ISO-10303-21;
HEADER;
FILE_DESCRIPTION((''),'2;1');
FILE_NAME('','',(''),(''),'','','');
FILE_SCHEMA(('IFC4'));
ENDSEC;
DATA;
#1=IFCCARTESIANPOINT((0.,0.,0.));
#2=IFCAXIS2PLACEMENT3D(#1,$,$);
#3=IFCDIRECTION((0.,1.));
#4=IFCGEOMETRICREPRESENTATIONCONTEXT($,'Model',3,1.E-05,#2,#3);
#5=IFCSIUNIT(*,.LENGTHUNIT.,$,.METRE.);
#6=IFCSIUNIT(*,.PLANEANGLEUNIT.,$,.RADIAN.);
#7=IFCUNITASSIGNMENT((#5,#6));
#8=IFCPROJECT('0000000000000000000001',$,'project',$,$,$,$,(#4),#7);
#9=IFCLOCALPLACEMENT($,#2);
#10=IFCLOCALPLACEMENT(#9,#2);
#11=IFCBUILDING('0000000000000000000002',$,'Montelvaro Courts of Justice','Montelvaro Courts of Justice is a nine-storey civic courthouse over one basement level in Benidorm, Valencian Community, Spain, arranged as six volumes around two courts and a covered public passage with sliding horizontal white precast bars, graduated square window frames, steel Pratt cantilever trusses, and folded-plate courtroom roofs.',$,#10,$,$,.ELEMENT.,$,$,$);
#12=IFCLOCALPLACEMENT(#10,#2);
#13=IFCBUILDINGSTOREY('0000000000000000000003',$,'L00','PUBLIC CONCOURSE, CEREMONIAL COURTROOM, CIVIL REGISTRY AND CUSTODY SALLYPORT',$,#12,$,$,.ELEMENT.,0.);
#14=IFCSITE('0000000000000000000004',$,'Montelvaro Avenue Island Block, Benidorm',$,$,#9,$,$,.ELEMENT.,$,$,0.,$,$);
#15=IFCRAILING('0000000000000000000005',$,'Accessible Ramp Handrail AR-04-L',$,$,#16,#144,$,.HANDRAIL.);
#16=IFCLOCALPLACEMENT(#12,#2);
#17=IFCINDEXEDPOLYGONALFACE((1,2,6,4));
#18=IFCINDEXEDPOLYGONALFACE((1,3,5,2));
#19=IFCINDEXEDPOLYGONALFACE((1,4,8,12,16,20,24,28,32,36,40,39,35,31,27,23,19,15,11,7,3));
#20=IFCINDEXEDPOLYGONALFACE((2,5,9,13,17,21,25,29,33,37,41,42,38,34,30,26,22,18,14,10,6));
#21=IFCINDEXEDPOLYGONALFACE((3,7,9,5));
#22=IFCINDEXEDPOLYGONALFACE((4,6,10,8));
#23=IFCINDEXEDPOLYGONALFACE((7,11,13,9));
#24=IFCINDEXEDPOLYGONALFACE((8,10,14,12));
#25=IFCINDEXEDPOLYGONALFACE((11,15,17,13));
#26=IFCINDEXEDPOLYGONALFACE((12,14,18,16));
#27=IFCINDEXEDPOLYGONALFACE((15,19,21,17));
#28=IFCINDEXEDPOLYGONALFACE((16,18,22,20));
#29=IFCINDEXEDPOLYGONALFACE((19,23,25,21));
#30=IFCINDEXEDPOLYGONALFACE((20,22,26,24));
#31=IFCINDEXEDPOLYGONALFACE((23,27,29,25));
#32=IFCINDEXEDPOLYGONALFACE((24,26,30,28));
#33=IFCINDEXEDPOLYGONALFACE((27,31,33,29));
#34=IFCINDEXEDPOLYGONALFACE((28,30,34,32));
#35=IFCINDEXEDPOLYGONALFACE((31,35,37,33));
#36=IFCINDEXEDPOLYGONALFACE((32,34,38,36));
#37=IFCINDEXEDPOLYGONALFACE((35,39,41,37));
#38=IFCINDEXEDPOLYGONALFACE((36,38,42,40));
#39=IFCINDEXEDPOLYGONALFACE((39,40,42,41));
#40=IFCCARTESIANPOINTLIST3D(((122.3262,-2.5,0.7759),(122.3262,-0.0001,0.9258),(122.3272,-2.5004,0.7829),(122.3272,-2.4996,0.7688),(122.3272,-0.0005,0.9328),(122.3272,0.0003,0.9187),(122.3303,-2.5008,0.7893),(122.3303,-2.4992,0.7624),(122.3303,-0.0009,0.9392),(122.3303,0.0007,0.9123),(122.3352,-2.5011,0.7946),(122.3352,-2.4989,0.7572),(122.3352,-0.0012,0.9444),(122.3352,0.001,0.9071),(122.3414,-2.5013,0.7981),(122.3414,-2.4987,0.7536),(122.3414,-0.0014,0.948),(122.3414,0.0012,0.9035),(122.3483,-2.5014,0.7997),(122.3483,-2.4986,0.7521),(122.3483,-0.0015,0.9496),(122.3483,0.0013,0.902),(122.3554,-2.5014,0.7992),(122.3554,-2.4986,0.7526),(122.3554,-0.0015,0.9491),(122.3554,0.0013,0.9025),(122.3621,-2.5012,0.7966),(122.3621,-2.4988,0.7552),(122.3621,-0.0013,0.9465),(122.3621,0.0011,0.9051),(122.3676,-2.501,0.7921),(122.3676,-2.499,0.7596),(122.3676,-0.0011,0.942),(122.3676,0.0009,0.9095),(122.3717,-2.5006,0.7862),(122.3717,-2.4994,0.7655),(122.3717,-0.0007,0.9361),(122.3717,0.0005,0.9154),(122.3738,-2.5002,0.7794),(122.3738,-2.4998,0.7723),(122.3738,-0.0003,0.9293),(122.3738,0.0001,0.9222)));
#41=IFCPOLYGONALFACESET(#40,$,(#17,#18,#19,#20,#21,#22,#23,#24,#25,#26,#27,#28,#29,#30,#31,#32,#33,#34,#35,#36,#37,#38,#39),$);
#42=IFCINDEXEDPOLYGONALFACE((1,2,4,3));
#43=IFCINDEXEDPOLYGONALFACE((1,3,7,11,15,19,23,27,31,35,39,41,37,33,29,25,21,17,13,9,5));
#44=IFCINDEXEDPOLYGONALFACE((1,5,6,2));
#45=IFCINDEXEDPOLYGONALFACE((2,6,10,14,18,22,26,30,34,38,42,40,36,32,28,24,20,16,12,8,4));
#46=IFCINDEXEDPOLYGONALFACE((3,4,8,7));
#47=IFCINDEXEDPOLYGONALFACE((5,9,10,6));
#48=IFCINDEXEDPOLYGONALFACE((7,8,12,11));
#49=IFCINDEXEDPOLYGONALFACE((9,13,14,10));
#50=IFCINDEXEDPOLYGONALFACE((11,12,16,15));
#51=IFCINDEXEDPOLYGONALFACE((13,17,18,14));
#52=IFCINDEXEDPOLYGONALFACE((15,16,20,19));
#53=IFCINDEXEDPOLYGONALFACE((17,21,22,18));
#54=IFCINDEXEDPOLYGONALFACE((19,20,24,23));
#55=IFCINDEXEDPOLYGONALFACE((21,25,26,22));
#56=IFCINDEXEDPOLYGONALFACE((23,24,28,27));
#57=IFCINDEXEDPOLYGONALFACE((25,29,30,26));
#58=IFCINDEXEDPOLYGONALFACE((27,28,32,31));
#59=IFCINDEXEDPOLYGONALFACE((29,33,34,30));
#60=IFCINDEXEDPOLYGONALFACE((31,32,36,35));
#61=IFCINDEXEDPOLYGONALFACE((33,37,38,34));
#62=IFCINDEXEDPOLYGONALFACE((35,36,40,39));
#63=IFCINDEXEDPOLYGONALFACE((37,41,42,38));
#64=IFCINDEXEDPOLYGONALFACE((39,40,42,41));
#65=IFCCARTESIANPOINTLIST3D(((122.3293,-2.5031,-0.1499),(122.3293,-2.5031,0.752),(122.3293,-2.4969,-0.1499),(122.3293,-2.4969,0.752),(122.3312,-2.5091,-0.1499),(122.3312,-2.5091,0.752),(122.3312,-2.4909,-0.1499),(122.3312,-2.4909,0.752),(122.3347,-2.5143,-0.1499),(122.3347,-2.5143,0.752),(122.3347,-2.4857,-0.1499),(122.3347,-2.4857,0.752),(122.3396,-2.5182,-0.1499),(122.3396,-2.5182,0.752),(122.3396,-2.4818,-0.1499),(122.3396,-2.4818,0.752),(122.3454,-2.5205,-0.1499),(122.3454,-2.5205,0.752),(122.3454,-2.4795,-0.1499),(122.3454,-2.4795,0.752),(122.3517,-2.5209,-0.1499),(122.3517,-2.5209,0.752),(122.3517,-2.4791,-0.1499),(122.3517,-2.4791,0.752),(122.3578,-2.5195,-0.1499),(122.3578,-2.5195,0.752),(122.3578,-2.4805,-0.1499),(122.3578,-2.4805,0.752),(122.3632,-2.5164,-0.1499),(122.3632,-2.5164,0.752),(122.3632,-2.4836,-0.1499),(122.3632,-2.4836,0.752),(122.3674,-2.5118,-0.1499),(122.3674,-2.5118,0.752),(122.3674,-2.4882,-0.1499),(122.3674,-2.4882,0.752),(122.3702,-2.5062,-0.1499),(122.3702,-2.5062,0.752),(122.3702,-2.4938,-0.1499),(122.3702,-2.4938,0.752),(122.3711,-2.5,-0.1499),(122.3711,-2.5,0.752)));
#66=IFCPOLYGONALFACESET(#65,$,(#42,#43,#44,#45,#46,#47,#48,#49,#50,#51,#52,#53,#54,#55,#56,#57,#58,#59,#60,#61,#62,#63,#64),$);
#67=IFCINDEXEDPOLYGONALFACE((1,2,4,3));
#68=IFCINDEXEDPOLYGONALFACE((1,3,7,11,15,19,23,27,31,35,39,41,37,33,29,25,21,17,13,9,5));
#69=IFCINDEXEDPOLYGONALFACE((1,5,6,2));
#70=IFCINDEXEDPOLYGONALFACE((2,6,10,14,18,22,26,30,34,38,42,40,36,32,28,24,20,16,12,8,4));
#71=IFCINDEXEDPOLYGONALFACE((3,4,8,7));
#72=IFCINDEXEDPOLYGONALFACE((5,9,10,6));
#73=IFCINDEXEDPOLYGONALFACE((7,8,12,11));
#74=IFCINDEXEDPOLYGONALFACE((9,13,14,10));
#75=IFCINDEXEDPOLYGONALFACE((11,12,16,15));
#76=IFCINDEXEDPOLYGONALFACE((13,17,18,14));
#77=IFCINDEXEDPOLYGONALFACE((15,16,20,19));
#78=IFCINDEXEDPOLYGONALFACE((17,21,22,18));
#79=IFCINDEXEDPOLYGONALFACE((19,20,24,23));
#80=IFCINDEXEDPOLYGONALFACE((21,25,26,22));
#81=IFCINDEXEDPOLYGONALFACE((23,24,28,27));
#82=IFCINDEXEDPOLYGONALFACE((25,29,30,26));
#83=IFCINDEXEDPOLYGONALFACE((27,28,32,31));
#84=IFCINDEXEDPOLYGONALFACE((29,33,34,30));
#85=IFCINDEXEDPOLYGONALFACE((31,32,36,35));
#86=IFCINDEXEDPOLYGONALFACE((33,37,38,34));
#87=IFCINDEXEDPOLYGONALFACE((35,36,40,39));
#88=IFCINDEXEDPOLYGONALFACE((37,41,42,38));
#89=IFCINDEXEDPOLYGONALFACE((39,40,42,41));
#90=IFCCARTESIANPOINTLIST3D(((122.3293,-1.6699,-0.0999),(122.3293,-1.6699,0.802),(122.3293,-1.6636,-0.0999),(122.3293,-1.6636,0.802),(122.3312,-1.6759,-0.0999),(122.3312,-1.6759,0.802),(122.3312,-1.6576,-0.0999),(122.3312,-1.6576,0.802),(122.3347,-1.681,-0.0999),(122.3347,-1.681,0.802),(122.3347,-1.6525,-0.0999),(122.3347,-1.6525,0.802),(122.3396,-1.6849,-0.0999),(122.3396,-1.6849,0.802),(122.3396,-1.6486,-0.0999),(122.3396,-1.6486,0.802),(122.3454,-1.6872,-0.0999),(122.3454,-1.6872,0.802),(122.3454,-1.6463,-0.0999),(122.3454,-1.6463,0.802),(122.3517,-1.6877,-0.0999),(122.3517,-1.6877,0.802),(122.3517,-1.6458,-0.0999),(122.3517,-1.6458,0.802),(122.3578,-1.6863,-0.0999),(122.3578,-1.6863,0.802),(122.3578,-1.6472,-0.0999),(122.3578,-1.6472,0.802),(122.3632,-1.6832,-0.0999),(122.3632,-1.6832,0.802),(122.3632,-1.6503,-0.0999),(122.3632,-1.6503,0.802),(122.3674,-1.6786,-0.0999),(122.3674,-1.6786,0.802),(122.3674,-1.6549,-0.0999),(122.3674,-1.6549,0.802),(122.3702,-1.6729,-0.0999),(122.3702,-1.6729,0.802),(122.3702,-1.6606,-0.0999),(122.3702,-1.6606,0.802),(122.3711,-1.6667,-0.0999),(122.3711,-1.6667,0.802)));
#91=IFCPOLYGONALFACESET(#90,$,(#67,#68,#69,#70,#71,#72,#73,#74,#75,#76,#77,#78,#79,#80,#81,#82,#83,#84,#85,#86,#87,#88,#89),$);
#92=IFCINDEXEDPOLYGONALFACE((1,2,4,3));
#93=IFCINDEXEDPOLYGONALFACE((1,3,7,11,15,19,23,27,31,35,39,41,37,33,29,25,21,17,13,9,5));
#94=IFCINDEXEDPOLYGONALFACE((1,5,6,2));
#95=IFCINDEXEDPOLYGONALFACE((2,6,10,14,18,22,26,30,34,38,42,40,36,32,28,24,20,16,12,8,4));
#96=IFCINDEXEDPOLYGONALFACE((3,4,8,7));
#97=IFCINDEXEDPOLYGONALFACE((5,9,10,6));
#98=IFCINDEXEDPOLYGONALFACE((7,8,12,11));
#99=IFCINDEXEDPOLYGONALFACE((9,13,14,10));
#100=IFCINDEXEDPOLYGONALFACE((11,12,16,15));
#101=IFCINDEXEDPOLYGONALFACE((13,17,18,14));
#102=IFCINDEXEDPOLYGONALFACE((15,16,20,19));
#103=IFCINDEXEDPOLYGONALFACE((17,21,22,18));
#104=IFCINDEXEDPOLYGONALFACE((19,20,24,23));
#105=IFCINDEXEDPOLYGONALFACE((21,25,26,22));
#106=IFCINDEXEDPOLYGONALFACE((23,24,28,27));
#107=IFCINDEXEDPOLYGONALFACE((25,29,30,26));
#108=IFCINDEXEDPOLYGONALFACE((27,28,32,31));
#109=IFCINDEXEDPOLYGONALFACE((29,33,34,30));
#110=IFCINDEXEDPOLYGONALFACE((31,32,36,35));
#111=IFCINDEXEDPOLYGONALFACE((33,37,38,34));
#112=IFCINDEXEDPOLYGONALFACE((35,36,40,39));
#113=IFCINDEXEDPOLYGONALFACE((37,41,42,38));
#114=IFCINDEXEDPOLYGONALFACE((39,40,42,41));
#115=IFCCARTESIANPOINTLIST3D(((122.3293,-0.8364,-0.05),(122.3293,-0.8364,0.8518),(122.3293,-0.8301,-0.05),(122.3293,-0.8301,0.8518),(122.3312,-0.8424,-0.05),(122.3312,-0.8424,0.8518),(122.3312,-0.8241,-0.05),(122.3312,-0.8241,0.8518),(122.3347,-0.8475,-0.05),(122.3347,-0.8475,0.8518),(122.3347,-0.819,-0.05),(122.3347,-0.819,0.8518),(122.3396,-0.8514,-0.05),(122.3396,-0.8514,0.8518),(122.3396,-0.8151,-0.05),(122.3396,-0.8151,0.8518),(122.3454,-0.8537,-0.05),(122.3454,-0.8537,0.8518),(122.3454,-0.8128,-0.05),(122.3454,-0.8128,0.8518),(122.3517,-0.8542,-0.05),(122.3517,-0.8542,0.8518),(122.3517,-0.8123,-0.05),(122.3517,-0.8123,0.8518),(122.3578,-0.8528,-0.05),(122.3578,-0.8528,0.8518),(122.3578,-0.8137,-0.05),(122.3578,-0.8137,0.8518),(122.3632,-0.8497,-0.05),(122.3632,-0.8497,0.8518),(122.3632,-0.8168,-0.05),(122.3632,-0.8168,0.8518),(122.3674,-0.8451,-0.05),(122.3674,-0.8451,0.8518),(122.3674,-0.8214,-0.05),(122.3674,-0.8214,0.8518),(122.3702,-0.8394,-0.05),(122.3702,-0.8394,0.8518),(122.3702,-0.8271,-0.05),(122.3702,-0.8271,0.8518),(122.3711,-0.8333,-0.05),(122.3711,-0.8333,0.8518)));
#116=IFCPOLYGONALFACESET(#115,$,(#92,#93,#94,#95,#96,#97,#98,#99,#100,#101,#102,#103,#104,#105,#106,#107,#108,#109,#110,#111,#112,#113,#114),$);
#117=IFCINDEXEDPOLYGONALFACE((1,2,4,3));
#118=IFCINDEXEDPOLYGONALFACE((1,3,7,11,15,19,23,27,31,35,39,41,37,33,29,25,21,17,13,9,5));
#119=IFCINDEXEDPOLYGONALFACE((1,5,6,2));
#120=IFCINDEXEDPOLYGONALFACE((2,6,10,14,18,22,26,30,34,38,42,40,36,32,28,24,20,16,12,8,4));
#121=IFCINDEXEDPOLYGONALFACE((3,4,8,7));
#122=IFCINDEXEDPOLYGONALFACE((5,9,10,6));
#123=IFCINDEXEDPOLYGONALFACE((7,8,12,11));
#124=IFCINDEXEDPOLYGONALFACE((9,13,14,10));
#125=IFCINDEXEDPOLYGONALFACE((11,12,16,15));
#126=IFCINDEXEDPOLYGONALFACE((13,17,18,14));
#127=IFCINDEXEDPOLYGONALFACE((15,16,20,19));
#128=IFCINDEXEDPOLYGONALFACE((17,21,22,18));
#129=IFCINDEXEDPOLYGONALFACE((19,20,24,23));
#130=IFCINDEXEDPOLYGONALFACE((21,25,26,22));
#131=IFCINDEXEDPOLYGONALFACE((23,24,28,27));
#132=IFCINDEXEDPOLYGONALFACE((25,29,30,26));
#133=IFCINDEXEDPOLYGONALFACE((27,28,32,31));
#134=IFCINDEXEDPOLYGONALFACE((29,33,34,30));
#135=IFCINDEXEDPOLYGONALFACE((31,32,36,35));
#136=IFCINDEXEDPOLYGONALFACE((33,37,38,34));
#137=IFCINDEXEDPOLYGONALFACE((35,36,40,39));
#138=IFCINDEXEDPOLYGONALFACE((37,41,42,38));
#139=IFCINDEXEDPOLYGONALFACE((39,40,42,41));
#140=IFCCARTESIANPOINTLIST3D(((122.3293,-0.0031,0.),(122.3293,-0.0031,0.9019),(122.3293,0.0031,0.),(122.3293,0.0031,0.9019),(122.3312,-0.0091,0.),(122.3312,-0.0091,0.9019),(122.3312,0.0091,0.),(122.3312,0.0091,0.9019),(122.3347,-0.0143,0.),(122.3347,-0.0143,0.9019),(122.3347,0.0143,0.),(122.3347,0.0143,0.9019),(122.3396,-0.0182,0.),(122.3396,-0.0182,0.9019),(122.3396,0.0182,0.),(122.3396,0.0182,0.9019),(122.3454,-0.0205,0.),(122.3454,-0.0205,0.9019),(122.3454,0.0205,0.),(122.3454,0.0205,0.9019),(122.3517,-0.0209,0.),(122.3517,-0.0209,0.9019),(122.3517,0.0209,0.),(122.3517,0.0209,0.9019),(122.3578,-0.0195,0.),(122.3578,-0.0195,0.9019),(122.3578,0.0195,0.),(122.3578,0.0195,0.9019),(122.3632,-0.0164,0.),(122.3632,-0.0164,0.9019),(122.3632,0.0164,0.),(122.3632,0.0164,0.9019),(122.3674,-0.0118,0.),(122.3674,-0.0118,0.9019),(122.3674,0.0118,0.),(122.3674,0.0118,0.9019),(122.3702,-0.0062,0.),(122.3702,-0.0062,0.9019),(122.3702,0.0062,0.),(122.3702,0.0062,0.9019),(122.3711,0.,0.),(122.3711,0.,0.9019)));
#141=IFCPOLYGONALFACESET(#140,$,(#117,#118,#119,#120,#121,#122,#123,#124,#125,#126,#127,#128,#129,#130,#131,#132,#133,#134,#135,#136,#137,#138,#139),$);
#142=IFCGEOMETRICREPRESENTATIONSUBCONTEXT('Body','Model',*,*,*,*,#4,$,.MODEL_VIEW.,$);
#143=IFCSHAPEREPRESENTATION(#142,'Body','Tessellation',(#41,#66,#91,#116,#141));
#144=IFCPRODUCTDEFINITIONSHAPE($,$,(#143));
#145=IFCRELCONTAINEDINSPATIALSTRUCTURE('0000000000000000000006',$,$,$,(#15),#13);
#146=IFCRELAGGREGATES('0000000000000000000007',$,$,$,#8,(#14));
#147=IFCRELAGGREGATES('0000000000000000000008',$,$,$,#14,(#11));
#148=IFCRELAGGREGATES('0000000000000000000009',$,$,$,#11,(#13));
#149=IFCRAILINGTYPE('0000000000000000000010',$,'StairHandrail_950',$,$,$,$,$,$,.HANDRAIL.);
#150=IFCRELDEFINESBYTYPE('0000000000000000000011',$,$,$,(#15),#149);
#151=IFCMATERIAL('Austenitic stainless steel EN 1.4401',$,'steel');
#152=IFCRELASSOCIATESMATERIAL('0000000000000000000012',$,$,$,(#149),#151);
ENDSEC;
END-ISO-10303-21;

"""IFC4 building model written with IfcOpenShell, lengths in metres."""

from ifc_helpers import new_model, si_unit, direction, frame, origin, origin_2d, place, context, subcontext, project, spatial, circle, extrude, material, type_object, element, save


model = new_model("IFC4")

# Units and contexts
model_context = context("Model", 3, precision=1e-05, world=origin(), true_north=direction((0.0, 1.0)))
body_context = subcontext(model_context, "Body", "Model", "MODEL_VIEW")
ifc_project = project(units=[si_unit("LENGTHUNIT", "METRE"), si_unit("PLANEANGLEUNIT", "RADIAN")], contexts=[model_context])

# Site, building, storey
site_placement = place(None, origin())
site = spatial("IfcSite", under=ifc_project, at=site_placement, Name="Montelvaro Avenue Island Block, Benidorm", CompositionType="ELEMENT", RefElevation=0.0)
building_placement = place(site_placement, origin())
building = spatial("IfcBuilding", under=site, at=building_placement, Name="Montelvaro Courts of Justice", Description="Montelvaro Courts of Justice is a nine-storey civic courthouse over one basement level in Benidorm, Valencian Community, Spain, arranged as six volumes around two courts and a covered public passage with sliding horizontal white precast bars, graduated square window frames, steel Pratt cantilever trusses, and folded-plate courtroom roofs.", CompositionType="ELEMENT")
storey_placement = place(building_placement, origin())
storey = spatial("IfcBuildingStorey", under=building, at=storey_placement, Name="L00", Description="PUBLIC CONCOURSE, CEREMONIAL COURTROOM, CIVIL REGISTRY AND CUSTODY SALLYPORT", CompositionType="ELEMENT", Elevation=0.0)

# Railing
ifc_material_1 = material(Name="Austenitic stainless steel EN 1.4401", Category="steel")
railing_type = type_object("IfcRailingType", Name="StairHandrail_950", PredefinedType="HANDRAIL", material=ifc_material_1)
for number, where, name in (
    (1, (122.3501, -2.5, -0.1499), "Accessible Ramp Handrail AR-04-L"),
):
    element("IfcRailing", number, at=place(storey_placement, frame(where)), inside=storey, type_object=railing_type, Name=name, PredefinedType="HANDRAIL", context=body_context, shape_type="SweptSolid", body=[
        extrude(circle(Radius=0.0239, at=origin_2d()), frame((0.0, 0.0, 0.9258), z_axis=(0.0, 0.998207, 0.059853), x_axis=(-1.0, 0.0, 0.0)), (0.0, 0.0, 1.0), 2.5044),
        extrude(circle(Radius=0.021, at=origin_2d()), origin(), (0.0, 0.0, 1.0), 0.9019),
        extrude(circle(Radius=0.021, at=origin_2d()), frame((0.0, 0.8333, 0.05)), (0.0, 0.0, 1.0), 0.9019),
        extrude(circle(Radius=0.021, at=origin_2d()), frame((0.0, 1.6667, 0.0999)), (0.0, 0.0, 1.0), 0.9019),
        extrude(circle(Radius=0.021, at=origin_2d()), frame((0.0, 2.5, 0.1499)), (0.0, 0.0, 1.0), 0.9019),
    ])

save(model, "model.ifc")
